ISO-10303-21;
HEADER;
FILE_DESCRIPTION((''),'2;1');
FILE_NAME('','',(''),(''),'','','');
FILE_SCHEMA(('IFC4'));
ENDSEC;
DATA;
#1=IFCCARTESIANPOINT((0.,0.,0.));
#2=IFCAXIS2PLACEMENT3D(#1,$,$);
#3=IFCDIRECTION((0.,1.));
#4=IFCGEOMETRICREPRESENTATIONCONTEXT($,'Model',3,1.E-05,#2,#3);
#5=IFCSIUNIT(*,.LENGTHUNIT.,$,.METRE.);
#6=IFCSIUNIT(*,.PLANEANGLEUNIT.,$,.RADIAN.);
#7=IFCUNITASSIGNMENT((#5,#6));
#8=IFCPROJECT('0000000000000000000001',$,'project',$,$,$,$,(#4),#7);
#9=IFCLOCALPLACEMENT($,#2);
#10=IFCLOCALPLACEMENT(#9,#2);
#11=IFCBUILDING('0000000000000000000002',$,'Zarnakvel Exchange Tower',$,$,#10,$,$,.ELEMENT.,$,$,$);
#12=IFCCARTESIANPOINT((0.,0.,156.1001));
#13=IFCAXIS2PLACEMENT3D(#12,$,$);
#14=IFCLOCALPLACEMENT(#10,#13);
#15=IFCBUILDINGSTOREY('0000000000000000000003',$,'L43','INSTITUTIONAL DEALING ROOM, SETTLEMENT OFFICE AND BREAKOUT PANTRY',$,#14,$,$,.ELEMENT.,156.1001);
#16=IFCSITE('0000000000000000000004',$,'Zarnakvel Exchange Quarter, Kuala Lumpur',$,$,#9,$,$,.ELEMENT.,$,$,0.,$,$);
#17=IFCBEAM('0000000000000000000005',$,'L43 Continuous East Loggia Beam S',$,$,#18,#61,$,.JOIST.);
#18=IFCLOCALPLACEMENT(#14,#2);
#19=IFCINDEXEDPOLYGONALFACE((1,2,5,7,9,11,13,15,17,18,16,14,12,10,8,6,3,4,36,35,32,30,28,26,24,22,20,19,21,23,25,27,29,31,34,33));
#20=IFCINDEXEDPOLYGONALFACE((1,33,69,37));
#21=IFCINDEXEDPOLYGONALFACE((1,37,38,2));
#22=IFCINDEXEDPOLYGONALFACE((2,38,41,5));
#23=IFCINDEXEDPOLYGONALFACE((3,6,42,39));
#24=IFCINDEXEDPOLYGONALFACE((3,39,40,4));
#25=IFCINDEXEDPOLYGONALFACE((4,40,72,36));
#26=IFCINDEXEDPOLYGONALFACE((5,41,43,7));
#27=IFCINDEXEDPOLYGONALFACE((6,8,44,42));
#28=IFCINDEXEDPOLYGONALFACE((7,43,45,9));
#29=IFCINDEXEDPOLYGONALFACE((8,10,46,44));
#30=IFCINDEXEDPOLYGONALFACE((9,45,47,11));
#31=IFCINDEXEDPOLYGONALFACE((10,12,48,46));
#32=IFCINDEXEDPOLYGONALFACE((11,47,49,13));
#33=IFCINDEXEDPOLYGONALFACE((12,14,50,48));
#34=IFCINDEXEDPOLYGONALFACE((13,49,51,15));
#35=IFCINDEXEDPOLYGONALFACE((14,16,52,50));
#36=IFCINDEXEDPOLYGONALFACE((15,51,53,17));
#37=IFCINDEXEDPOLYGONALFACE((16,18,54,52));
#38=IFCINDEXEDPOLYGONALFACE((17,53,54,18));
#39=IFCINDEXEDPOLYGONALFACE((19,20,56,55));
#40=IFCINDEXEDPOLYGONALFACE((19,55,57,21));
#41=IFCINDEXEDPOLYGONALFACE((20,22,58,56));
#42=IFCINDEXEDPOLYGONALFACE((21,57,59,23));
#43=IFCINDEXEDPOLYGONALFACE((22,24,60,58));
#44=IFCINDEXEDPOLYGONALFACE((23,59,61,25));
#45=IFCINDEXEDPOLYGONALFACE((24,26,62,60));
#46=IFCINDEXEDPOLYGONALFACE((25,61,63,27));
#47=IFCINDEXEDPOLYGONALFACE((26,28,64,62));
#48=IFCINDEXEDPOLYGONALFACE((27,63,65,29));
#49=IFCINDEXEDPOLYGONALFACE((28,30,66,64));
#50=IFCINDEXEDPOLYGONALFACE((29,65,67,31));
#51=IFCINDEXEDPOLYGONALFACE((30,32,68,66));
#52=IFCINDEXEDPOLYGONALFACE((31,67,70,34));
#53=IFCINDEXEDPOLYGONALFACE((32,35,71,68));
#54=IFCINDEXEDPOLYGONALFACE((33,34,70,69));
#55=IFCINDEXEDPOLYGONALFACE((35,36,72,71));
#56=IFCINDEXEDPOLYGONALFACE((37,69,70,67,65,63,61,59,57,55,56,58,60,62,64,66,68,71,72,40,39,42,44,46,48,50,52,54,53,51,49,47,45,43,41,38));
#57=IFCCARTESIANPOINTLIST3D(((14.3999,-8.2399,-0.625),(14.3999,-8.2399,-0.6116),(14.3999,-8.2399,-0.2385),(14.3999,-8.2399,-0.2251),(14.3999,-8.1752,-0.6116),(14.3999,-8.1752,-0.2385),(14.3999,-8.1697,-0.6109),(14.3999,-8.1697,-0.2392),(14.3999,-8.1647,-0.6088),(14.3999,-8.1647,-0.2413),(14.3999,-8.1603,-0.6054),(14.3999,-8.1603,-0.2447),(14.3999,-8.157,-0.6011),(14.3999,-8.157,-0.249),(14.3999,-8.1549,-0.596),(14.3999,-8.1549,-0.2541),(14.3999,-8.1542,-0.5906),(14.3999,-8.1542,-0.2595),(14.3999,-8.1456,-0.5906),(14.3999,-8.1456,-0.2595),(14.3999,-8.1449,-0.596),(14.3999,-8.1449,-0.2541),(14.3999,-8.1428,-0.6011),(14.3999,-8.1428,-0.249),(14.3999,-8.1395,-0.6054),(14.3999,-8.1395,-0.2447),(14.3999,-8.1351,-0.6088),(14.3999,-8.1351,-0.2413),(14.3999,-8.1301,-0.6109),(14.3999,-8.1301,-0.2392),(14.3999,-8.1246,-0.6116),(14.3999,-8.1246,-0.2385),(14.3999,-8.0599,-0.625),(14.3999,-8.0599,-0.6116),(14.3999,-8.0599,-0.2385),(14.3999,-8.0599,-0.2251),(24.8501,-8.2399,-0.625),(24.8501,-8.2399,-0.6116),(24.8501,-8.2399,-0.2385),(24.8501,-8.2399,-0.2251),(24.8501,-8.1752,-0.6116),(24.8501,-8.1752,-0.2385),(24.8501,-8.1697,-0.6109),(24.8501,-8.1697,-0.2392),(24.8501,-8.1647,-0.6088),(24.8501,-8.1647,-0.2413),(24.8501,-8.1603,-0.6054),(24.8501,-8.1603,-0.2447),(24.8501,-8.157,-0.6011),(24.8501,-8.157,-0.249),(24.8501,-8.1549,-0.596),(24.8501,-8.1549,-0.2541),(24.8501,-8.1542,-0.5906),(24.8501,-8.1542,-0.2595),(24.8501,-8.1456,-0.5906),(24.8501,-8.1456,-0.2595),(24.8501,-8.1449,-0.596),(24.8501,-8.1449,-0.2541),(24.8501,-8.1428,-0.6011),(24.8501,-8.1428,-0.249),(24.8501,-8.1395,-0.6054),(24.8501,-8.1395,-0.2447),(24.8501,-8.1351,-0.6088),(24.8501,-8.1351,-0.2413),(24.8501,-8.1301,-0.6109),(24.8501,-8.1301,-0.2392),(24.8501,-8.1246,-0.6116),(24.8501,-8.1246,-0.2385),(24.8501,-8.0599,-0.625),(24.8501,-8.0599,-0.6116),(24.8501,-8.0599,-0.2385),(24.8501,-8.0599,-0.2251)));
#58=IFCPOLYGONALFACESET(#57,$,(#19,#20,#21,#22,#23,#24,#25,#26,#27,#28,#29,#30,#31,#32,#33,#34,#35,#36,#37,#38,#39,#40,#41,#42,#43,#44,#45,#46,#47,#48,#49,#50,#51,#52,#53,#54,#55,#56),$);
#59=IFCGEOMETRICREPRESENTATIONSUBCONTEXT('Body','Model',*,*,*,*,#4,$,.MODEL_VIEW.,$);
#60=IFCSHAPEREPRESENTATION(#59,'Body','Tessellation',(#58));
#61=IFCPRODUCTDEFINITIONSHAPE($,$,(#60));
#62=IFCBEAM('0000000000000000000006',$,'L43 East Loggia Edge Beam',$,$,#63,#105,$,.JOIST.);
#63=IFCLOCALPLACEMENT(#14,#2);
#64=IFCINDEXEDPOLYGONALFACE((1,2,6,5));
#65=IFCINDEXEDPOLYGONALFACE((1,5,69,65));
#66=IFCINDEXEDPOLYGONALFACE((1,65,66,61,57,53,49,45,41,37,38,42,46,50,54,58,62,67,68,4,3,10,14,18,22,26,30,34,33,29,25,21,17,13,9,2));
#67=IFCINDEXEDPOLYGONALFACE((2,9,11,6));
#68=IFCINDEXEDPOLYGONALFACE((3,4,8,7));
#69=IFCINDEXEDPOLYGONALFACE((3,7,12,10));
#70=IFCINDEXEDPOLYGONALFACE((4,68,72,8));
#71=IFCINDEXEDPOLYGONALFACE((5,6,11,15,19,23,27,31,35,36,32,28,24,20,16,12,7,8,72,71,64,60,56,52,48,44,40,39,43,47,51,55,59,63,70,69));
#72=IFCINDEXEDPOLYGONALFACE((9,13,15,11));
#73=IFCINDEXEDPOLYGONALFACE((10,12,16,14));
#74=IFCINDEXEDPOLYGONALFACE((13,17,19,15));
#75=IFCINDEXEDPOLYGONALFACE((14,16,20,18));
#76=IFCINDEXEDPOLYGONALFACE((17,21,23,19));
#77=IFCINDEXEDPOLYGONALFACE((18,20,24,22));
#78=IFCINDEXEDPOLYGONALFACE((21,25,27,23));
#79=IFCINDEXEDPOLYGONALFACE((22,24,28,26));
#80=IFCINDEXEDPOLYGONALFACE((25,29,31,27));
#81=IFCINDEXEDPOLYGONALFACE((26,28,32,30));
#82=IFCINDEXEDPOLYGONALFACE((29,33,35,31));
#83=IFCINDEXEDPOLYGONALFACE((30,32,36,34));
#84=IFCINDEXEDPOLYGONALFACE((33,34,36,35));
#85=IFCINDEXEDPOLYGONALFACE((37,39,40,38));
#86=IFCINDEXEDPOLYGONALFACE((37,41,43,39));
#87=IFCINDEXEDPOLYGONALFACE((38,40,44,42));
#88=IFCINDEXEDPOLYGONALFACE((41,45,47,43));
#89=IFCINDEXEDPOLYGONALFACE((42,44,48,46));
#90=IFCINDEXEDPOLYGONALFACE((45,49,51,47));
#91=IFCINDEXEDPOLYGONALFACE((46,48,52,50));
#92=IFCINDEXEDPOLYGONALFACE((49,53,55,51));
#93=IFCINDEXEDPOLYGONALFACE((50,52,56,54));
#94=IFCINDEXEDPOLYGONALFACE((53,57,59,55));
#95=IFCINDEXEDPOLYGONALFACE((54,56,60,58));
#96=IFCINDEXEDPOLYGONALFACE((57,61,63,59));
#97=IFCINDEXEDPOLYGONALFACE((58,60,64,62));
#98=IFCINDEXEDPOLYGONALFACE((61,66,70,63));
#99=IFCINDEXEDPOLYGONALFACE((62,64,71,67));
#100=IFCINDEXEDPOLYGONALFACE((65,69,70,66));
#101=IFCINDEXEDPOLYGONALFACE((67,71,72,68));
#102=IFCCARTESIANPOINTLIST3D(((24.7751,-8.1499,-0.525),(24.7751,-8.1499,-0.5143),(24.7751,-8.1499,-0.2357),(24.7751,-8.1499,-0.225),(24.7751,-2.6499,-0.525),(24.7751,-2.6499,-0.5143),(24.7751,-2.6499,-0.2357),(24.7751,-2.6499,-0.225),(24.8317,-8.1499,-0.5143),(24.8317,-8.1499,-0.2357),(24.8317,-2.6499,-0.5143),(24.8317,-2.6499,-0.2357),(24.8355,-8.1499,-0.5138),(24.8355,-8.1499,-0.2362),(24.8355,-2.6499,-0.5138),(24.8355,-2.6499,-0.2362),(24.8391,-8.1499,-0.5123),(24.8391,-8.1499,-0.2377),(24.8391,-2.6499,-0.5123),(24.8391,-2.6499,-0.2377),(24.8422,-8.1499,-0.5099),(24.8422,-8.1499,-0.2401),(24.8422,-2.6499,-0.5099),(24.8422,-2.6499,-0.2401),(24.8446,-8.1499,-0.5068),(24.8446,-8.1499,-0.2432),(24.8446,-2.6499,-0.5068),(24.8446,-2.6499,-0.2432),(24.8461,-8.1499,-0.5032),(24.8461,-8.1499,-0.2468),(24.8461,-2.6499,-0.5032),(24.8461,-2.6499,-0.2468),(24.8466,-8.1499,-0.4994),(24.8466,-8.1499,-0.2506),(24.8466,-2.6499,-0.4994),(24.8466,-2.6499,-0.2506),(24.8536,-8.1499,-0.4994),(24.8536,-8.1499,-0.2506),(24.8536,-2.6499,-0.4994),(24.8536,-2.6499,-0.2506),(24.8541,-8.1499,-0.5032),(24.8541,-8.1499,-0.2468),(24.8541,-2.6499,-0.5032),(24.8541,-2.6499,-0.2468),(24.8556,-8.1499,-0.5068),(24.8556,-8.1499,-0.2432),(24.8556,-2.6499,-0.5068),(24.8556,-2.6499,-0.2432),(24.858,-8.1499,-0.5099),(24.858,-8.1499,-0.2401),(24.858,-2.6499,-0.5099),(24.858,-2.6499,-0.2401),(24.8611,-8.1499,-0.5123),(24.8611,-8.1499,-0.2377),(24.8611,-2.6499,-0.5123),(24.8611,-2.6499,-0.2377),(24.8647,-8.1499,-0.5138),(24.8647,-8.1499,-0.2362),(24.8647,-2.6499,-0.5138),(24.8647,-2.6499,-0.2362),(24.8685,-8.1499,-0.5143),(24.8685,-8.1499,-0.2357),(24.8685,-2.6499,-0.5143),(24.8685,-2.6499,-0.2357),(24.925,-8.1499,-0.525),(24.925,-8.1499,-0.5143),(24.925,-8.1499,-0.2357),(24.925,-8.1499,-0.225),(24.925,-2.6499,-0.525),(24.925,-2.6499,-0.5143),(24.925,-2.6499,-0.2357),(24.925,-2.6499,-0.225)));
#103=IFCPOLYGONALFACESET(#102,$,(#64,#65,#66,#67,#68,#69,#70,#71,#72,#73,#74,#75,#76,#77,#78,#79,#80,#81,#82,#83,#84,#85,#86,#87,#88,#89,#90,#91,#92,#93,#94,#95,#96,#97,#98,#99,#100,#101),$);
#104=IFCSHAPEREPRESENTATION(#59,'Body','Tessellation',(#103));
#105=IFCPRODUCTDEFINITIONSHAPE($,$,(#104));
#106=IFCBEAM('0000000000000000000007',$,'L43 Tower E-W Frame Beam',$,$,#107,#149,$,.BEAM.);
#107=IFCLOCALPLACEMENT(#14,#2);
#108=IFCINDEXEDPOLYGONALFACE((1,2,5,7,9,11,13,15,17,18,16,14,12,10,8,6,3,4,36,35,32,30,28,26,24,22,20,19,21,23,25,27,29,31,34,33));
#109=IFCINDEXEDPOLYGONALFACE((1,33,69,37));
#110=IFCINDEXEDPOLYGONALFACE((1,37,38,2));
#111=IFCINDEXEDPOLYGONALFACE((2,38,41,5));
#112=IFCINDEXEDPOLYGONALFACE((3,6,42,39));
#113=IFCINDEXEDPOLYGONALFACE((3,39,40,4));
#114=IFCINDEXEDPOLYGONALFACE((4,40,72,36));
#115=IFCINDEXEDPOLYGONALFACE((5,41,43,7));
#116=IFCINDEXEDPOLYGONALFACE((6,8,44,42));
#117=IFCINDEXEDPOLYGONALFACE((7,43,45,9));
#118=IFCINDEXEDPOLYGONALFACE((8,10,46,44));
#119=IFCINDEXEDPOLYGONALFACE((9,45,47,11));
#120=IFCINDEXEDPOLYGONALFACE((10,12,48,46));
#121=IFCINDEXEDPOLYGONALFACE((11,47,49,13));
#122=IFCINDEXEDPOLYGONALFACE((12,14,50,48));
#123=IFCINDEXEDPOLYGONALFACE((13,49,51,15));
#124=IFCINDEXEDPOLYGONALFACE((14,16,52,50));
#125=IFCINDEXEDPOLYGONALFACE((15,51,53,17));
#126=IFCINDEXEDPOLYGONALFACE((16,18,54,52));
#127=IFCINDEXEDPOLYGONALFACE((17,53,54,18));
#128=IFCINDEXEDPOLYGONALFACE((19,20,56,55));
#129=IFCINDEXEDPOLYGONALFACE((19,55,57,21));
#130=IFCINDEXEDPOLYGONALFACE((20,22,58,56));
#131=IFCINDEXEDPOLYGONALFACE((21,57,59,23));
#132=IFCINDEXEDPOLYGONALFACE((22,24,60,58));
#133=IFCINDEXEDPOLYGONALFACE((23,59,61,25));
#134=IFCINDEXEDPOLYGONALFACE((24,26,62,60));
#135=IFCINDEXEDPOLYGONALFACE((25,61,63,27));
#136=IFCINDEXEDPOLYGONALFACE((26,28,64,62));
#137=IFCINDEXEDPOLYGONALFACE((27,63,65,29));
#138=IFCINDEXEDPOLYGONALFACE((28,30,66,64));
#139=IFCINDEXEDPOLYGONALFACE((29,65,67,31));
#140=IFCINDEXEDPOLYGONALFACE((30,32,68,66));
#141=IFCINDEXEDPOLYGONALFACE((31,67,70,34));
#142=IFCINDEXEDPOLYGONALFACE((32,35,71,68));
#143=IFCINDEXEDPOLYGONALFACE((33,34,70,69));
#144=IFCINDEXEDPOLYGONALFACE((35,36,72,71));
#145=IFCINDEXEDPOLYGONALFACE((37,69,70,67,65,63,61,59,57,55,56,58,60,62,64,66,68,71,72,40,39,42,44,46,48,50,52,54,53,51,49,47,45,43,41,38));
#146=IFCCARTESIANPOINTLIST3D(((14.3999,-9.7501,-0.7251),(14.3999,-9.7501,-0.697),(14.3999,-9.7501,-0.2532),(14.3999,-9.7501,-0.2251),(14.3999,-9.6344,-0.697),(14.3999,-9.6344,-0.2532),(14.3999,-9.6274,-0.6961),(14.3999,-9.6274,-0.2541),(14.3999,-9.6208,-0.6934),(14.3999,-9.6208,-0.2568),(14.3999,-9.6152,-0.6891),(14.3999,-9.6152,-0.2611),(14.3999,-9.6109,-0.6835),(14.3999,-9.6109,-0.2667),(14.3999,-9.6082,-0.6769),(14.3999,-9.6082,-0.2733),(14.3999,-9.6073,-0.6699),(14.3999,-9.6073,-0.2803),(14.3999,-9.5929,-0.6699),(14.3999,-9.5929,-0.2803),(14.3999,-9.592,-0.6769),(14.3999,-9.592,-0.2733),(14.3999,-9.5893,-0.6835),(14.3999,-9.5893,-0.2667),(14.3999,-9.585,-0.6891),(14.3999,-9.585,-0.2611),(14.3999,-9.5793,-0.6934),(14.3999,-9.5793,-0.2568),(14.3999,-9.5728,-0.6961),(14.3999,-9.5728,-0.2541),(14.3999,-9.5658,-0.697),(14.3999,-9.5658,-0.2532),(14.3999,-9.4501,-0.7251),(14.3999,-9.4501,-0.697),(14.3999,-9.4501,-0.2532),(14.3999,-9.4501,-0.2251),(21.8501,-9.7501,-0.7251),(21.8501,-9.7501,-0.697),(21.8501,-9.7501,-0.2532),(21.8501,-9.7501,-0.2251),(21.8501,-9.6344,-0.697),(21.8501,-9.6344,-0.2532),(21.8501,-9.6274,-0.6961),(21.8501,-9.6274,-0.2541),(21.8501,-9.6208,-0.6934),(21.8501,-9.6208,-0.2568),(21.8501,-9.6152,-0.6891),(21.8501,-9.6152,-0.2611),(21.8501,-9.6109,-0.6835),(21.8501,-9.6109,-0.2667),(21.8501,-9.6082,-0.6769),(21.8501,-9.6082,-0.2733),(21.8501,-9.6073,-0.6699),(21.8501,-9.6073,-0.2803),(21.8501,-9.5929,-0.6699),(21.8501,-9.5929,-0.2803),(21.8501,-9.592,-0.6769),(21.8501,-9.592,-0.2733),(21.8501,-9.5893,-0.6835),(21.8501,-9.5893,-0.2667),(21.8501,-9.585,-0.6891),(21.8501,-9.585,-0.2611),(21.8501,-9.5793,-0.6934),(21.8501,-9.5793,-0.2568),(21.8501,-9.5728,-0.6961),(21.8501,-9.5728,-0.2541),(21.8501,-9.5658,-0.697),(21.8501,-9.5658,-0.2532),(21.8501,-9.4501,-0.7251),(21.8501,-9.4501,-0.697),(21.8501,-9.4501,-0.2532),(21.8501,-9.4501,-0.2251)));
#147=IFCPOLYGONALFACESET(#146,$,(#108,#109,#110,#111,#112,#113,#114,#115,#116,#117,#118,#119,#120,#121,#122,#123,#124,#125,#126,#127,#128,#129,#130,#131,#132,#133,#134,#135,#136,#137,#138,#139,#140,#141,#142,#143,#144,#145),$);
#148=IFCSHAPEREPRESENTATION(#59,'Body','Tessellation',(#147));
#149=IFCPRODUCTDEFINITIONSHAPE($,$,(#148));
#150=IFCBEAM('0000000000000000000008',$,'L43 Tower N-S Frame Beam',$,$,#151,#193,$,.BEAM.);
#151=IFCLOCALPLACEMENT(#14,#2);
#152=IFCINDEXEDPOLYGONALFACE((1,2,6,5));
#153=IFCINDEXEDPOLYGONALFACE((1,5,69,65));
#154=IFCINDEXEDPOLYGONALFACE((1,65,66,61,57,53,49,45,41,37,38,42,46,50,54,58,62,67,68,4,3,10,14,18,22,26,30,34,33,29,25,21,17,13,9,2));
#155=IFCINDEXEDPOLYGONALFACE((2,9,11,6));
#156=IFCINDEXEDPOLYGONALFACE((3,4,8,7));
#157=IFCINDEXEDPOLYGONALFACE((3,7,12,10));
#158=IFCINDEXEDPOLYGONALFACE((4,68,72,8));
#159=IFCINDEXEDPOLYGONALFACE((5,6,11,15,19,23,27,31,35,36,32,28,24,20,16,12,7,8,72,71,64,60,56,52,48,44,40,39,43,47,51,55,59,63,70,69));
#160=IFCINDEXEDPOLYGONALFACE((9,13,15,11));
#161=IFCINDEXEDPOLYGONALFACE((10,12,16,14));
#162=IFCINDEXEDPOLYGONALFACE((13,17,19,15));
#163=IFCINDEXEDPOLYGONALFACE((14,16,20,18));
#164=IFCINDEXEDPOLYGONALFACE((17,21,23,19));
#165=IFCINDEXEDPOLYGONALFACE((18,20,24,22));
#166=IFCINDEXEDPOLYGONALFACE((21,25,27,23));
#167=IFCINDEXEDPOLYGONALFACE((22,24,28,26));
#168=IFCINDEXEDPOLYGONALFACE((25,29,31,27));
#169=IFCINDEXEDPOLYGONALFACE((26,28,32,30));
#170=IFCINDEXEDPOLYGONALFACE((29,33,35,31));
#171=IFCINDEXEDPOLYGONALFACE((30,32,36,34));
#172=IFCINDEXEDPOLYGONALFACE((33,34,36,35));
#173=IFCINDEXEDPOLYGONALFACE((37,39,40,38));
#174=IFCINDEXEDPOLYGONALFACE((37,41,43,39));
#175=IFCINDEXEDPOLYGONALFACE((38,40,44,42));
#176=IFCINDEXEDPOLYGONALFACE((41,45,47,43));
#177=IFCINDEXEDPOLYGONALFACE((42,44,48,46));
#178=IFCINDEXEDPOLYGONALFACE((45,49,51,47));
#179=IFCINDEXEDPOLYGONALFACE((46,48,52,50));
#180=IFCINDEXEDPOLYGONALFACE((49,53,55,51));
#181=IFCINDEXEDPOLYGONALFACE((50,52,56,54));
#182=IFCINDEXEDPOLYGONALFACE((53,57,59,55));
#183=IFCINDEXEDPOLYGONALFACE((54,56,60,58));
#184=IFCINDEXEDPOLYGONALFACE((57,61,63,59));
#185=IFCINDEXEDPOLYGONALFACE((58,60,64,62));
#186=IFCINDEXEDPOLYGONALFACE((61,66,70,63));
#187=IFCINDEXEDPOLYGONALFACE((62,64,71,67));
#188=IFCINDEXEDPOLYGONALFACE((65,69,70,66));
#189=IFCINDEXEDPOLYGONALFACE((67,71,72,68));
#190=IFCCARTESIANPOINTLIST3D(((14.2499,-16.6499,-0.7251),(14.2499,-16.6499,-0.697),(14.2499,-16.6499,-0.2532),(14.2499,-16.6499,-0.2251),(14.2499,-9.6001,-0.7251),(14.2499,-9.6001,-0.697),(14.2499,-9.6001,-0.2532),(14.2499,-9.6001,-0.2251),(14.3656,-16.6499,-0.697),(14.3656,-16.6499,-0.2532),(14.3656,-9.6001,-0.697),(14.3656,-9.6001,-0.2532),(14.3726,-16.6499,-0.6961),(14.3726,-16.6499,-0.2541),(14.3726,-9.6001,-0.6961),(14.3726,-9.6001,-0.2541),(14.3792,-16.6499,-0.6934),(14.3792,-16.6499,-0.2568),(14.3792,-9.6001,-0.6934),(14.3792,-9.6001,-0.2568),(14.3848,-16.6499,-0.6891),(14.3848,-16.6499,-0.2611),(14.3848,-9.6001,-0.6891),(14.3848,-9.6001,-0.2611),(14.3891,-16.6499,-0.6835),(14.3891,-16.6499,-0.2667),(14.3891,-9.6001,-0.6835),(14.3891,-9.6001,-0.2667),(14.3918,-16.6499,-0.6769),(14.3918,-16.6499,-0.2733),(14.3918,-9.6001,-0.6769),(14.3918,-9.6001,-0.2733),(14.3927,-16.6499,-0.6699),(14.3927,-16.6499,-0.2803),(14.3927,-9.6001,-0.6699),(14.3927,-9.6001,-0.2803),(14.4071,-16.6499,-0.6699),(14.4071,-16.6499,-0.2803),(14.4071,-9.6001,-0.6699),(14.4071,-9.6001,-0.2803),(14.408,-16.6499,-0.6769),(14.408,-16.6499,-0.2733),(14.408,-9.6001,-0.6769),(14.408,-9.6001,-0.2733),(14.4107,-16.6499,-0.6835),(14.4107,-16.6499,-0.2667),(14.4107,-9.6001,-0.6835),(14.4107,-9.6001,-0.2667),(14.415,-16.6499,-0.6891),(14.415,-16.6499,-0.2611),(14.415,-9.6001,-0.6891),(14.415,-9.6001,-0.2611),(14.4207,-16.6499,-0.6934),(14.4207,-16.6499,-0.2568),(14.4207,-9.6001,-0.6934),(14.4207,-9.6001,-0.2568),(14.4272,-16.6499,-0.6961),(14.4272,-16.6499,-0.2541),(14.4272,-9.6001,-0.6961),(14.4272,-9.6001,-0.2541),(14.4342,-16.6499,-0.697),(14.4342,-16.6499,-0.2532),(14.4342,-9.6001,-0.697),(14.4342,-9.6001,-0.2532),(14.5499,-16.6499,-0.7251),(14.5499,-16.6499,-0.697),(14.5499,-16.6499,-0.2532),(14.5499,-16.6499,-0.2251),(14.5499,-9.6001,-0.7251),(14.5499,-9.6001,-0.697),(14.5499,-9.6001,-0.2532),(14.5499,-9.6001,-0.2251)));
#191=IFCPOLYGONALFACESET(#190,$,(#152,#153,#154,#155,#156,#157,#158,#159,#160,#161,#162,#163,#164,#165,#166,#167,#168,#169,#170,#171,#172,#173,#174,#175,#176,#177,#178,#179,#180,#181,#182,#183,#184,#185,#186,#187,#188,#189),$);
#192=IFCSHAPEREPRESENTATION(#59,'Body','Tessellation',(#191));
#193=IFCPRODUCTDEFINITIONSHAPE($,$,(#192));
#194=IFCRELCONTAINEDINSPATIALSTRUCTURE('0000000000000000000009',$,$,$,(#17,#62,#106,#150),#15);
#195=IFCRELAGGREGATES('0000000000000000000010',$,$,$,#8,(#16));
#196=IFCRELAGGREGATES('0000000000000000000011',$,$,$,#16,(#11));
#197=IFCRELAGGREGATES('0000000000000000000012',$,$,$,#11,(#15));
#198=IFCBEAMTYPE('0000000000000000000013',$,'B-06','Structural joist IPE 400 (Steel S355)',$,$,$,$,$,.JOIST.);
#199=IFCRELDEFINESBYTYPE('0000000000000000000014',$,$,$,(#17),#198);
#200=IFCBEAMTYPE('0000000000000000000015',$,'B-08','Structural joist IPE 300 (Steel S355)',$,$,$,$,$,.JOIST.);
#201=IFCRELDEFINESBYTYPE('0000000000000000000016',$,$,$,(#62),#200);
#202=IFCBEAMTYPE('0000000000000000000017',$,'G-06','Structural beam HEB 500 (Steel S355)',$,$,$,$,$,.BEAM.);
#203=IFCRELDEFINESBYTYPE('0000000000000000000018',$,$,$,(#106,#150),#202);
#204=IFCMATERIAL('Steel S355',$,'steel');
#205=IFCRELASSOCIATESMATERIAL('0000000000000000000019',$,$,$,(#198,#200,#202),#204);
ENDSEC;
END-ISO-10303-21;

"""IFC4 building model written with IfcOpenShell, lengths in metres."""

from ifc_helpers import new_model, si_unit, direction, frame, origin, origin_2d, place, context, subcontext, project, spatial, i_section, extrude, material, material_profile, profile_set, type_object, element, save


model = new_model("IFC4")

# Units and contexts
model_context = context("Model", 3, precision=1e-05, world=origin(), true_north=direction((0.0, 1.0)))
body_context = subcontext(model_context, "Body", "Model", "MODEL_VIEW")
ifc_project = project(units=[si_unit("LENGTHUNIT", "METRE"), si_unit("PLANEANGLEUNIT", "RADIAN")], contexts=[model_context])

# Site, building, storey
site_placement = place(None, origin())
site = spatial("IfcSite", under=ifc_project, at=site_placement, Name="Zarnakvel Exchange Quarter, Kuala Lumpur", CompositionType="ELEMENT", RefElevation=0.0)
building_placement = place(site_placement, origin())
building = spatial("IfcBuilding", under=site, at=building_placement, Name="Zarnakvel Exchange Tower", CompositionType="ELEMENT")
storey_placement = place(building_placement, frame((0.0, 0.0, 156.1001)))
storey = spatial("IfcBuildingStorey", under=building, at=storey_placement, Name="L43", Description="INSTITUTIONAL DEALING ROOM, SETTLEMENT OFFICE AND BREAKOUT PANTRY", CompositionType="ELEMENT", Elevation=156.1001)

# Shared definitions
ifc_material_1 = material(Name="Steel S355", Category="steel")

# Beams
ifc_material_profile_1 = material_profile(ifc_material_1, i_section(OverallWidth=0.1799, OverallDepth=0.3999, WebThickness=0.0085, FlangeThickness=0.0134, FilletRadius=0.021, at=origin_2d()))
ifc_profile_set_1 = profile_set([ifc_material_profile_1], Name="Steel S355")
beam_type_1 = type_object("IfcBeamType", Name="B-06", Description="Structural joist IPE 400 (Steel S355)", PredefinedType="JOIST", material=ifc_profile_set_1)
beam_1_placement = place(storey_placement, frame((14.3999, -8.1499, -0.425), z_axis=(1.0, 0.0, 0.0), x_axis=(0.0, 1.0, 0.0)))
element("IfcBeam", 1, at=beam_1_placement, inside=storey, type_object=beam_type_1, Name="L43 Continuous East Loggia Beam S", PredefinedType="JOIST", context=body_context, shape_type="SweptSolid", body=[
    extrude(i_section(OverallWidth=0.1799, OverallDepth=0.3999, WebThickness=0.0085, FlangeThickness=0.0134, FilletRadius=0.021, at=origin_2d()), origin(), (0.0, 0.0, 1.0), 10.4502),
])
ifc_material_profile_2 = material_profile(ifc_material_1, i_section(OverallWidth=0.1499, OverallDepth=0.3, WebThickness=0.0071, FlangeThickness=0.0107, FilletRadius=0.0149, at=origin_2d()))
ifc_profile_set_2 = profile_set([ifc_material_profile_2], Name="Steel S355")
beam_type_2 = type_object("IfcBeamType", Name="B-08", Description="Structural joist IPE 300 (Steel S355)", PredefinedType="JOIST", material=ifc_profile_set_2)
beam_2_placement = place(storey_placement, frame((24.8501, -8.1499, -0.375), z_axis=(0.0, 1.0, 0.0), x_axis=(-1.0, 0.0, 0.0)))
element("IfcBeam", 2, at=beam_2_placement, inside=storey, type_object=beam_type_2, Name="L43 East Loggia Edge Beam", PredefinedType="JOIST", context=body_context, shape_type="SweptSolid", body=[
    extrude(i_section(OverallWidth=0.1499, OverallDepth=0.3, WebThickness=0.0071, FlangeThickness=0.0107, FilletRadius=0.0149, at=origin_2d()), origin(), (0.0, 0.0, 1.0), 5.5),
])
ifc_material_profile_3 = material_profile(ifc_material_1, i_section(OverallWidth=0.3, OverallDepth=0.5, WebThickness=0.0144, FlangeThickness=0.0281, FilletRadius=0.0271, at=origin_2d()))
ifc_profile_set_3 = profile_set([ifc_material_profile_3], Name="Steel S355")
beam_type_3 = type_object("IfcBeamType", Name="G-06", Description="Structural beam HEB 500 (Steel S355)", PredefinedType="BEAM", material=ifc_profile_set_3)
beam_3_placement = place(storey_placement, frame((14.3999, -9.6001, -0.4751), z_axis=(1.0, 0.0, 0.0), x_axis=(0.0, 1.0, 0.0)))
element("IfcBeam", 3, at=beam_3_placement, inside=storey, type_object=beam_type_3, Name="L43 Tower E-W Frame Beam", PredefinedType="BEAM", context=body_context, shape_type="SweptSolid", body=[
    extrude(i_section(OverallWidth=0.3, OverallDepth=0.5, WebThickness=0.0144, FlangeThickness=0.0281, FilletRadius=0.0271, at=origin_2d()), origin(), (0.0, 0.0, 1.0), 7.4502),
])
beam_4_placement = place(storey_placement, frame((14.3999, -16.6499, -0.4751), z_axis=(0.0, 1.0, 0.0), x_axis=(-1.0, 0.0, 0.0)))
element("IfcBeam", 4, at=beam_4_placement, inside=storey, type_object=beam_type_3, Name="L43 Tower N-S Frame Beam", PredefinedType="BEAM", context=body_context, shape_type="SweptSolid", body=[
    extrude(i_section(OverallWidth=0.3, OverallDepth=0.5, WebThickness=0.0144, FlangeThickness=0.0281, FilletRadius=0.0271, at=origin_2d()), origin(), (0.0, 0.0, 1.0), 7.0498),
])

save(model, "model.ifc")
